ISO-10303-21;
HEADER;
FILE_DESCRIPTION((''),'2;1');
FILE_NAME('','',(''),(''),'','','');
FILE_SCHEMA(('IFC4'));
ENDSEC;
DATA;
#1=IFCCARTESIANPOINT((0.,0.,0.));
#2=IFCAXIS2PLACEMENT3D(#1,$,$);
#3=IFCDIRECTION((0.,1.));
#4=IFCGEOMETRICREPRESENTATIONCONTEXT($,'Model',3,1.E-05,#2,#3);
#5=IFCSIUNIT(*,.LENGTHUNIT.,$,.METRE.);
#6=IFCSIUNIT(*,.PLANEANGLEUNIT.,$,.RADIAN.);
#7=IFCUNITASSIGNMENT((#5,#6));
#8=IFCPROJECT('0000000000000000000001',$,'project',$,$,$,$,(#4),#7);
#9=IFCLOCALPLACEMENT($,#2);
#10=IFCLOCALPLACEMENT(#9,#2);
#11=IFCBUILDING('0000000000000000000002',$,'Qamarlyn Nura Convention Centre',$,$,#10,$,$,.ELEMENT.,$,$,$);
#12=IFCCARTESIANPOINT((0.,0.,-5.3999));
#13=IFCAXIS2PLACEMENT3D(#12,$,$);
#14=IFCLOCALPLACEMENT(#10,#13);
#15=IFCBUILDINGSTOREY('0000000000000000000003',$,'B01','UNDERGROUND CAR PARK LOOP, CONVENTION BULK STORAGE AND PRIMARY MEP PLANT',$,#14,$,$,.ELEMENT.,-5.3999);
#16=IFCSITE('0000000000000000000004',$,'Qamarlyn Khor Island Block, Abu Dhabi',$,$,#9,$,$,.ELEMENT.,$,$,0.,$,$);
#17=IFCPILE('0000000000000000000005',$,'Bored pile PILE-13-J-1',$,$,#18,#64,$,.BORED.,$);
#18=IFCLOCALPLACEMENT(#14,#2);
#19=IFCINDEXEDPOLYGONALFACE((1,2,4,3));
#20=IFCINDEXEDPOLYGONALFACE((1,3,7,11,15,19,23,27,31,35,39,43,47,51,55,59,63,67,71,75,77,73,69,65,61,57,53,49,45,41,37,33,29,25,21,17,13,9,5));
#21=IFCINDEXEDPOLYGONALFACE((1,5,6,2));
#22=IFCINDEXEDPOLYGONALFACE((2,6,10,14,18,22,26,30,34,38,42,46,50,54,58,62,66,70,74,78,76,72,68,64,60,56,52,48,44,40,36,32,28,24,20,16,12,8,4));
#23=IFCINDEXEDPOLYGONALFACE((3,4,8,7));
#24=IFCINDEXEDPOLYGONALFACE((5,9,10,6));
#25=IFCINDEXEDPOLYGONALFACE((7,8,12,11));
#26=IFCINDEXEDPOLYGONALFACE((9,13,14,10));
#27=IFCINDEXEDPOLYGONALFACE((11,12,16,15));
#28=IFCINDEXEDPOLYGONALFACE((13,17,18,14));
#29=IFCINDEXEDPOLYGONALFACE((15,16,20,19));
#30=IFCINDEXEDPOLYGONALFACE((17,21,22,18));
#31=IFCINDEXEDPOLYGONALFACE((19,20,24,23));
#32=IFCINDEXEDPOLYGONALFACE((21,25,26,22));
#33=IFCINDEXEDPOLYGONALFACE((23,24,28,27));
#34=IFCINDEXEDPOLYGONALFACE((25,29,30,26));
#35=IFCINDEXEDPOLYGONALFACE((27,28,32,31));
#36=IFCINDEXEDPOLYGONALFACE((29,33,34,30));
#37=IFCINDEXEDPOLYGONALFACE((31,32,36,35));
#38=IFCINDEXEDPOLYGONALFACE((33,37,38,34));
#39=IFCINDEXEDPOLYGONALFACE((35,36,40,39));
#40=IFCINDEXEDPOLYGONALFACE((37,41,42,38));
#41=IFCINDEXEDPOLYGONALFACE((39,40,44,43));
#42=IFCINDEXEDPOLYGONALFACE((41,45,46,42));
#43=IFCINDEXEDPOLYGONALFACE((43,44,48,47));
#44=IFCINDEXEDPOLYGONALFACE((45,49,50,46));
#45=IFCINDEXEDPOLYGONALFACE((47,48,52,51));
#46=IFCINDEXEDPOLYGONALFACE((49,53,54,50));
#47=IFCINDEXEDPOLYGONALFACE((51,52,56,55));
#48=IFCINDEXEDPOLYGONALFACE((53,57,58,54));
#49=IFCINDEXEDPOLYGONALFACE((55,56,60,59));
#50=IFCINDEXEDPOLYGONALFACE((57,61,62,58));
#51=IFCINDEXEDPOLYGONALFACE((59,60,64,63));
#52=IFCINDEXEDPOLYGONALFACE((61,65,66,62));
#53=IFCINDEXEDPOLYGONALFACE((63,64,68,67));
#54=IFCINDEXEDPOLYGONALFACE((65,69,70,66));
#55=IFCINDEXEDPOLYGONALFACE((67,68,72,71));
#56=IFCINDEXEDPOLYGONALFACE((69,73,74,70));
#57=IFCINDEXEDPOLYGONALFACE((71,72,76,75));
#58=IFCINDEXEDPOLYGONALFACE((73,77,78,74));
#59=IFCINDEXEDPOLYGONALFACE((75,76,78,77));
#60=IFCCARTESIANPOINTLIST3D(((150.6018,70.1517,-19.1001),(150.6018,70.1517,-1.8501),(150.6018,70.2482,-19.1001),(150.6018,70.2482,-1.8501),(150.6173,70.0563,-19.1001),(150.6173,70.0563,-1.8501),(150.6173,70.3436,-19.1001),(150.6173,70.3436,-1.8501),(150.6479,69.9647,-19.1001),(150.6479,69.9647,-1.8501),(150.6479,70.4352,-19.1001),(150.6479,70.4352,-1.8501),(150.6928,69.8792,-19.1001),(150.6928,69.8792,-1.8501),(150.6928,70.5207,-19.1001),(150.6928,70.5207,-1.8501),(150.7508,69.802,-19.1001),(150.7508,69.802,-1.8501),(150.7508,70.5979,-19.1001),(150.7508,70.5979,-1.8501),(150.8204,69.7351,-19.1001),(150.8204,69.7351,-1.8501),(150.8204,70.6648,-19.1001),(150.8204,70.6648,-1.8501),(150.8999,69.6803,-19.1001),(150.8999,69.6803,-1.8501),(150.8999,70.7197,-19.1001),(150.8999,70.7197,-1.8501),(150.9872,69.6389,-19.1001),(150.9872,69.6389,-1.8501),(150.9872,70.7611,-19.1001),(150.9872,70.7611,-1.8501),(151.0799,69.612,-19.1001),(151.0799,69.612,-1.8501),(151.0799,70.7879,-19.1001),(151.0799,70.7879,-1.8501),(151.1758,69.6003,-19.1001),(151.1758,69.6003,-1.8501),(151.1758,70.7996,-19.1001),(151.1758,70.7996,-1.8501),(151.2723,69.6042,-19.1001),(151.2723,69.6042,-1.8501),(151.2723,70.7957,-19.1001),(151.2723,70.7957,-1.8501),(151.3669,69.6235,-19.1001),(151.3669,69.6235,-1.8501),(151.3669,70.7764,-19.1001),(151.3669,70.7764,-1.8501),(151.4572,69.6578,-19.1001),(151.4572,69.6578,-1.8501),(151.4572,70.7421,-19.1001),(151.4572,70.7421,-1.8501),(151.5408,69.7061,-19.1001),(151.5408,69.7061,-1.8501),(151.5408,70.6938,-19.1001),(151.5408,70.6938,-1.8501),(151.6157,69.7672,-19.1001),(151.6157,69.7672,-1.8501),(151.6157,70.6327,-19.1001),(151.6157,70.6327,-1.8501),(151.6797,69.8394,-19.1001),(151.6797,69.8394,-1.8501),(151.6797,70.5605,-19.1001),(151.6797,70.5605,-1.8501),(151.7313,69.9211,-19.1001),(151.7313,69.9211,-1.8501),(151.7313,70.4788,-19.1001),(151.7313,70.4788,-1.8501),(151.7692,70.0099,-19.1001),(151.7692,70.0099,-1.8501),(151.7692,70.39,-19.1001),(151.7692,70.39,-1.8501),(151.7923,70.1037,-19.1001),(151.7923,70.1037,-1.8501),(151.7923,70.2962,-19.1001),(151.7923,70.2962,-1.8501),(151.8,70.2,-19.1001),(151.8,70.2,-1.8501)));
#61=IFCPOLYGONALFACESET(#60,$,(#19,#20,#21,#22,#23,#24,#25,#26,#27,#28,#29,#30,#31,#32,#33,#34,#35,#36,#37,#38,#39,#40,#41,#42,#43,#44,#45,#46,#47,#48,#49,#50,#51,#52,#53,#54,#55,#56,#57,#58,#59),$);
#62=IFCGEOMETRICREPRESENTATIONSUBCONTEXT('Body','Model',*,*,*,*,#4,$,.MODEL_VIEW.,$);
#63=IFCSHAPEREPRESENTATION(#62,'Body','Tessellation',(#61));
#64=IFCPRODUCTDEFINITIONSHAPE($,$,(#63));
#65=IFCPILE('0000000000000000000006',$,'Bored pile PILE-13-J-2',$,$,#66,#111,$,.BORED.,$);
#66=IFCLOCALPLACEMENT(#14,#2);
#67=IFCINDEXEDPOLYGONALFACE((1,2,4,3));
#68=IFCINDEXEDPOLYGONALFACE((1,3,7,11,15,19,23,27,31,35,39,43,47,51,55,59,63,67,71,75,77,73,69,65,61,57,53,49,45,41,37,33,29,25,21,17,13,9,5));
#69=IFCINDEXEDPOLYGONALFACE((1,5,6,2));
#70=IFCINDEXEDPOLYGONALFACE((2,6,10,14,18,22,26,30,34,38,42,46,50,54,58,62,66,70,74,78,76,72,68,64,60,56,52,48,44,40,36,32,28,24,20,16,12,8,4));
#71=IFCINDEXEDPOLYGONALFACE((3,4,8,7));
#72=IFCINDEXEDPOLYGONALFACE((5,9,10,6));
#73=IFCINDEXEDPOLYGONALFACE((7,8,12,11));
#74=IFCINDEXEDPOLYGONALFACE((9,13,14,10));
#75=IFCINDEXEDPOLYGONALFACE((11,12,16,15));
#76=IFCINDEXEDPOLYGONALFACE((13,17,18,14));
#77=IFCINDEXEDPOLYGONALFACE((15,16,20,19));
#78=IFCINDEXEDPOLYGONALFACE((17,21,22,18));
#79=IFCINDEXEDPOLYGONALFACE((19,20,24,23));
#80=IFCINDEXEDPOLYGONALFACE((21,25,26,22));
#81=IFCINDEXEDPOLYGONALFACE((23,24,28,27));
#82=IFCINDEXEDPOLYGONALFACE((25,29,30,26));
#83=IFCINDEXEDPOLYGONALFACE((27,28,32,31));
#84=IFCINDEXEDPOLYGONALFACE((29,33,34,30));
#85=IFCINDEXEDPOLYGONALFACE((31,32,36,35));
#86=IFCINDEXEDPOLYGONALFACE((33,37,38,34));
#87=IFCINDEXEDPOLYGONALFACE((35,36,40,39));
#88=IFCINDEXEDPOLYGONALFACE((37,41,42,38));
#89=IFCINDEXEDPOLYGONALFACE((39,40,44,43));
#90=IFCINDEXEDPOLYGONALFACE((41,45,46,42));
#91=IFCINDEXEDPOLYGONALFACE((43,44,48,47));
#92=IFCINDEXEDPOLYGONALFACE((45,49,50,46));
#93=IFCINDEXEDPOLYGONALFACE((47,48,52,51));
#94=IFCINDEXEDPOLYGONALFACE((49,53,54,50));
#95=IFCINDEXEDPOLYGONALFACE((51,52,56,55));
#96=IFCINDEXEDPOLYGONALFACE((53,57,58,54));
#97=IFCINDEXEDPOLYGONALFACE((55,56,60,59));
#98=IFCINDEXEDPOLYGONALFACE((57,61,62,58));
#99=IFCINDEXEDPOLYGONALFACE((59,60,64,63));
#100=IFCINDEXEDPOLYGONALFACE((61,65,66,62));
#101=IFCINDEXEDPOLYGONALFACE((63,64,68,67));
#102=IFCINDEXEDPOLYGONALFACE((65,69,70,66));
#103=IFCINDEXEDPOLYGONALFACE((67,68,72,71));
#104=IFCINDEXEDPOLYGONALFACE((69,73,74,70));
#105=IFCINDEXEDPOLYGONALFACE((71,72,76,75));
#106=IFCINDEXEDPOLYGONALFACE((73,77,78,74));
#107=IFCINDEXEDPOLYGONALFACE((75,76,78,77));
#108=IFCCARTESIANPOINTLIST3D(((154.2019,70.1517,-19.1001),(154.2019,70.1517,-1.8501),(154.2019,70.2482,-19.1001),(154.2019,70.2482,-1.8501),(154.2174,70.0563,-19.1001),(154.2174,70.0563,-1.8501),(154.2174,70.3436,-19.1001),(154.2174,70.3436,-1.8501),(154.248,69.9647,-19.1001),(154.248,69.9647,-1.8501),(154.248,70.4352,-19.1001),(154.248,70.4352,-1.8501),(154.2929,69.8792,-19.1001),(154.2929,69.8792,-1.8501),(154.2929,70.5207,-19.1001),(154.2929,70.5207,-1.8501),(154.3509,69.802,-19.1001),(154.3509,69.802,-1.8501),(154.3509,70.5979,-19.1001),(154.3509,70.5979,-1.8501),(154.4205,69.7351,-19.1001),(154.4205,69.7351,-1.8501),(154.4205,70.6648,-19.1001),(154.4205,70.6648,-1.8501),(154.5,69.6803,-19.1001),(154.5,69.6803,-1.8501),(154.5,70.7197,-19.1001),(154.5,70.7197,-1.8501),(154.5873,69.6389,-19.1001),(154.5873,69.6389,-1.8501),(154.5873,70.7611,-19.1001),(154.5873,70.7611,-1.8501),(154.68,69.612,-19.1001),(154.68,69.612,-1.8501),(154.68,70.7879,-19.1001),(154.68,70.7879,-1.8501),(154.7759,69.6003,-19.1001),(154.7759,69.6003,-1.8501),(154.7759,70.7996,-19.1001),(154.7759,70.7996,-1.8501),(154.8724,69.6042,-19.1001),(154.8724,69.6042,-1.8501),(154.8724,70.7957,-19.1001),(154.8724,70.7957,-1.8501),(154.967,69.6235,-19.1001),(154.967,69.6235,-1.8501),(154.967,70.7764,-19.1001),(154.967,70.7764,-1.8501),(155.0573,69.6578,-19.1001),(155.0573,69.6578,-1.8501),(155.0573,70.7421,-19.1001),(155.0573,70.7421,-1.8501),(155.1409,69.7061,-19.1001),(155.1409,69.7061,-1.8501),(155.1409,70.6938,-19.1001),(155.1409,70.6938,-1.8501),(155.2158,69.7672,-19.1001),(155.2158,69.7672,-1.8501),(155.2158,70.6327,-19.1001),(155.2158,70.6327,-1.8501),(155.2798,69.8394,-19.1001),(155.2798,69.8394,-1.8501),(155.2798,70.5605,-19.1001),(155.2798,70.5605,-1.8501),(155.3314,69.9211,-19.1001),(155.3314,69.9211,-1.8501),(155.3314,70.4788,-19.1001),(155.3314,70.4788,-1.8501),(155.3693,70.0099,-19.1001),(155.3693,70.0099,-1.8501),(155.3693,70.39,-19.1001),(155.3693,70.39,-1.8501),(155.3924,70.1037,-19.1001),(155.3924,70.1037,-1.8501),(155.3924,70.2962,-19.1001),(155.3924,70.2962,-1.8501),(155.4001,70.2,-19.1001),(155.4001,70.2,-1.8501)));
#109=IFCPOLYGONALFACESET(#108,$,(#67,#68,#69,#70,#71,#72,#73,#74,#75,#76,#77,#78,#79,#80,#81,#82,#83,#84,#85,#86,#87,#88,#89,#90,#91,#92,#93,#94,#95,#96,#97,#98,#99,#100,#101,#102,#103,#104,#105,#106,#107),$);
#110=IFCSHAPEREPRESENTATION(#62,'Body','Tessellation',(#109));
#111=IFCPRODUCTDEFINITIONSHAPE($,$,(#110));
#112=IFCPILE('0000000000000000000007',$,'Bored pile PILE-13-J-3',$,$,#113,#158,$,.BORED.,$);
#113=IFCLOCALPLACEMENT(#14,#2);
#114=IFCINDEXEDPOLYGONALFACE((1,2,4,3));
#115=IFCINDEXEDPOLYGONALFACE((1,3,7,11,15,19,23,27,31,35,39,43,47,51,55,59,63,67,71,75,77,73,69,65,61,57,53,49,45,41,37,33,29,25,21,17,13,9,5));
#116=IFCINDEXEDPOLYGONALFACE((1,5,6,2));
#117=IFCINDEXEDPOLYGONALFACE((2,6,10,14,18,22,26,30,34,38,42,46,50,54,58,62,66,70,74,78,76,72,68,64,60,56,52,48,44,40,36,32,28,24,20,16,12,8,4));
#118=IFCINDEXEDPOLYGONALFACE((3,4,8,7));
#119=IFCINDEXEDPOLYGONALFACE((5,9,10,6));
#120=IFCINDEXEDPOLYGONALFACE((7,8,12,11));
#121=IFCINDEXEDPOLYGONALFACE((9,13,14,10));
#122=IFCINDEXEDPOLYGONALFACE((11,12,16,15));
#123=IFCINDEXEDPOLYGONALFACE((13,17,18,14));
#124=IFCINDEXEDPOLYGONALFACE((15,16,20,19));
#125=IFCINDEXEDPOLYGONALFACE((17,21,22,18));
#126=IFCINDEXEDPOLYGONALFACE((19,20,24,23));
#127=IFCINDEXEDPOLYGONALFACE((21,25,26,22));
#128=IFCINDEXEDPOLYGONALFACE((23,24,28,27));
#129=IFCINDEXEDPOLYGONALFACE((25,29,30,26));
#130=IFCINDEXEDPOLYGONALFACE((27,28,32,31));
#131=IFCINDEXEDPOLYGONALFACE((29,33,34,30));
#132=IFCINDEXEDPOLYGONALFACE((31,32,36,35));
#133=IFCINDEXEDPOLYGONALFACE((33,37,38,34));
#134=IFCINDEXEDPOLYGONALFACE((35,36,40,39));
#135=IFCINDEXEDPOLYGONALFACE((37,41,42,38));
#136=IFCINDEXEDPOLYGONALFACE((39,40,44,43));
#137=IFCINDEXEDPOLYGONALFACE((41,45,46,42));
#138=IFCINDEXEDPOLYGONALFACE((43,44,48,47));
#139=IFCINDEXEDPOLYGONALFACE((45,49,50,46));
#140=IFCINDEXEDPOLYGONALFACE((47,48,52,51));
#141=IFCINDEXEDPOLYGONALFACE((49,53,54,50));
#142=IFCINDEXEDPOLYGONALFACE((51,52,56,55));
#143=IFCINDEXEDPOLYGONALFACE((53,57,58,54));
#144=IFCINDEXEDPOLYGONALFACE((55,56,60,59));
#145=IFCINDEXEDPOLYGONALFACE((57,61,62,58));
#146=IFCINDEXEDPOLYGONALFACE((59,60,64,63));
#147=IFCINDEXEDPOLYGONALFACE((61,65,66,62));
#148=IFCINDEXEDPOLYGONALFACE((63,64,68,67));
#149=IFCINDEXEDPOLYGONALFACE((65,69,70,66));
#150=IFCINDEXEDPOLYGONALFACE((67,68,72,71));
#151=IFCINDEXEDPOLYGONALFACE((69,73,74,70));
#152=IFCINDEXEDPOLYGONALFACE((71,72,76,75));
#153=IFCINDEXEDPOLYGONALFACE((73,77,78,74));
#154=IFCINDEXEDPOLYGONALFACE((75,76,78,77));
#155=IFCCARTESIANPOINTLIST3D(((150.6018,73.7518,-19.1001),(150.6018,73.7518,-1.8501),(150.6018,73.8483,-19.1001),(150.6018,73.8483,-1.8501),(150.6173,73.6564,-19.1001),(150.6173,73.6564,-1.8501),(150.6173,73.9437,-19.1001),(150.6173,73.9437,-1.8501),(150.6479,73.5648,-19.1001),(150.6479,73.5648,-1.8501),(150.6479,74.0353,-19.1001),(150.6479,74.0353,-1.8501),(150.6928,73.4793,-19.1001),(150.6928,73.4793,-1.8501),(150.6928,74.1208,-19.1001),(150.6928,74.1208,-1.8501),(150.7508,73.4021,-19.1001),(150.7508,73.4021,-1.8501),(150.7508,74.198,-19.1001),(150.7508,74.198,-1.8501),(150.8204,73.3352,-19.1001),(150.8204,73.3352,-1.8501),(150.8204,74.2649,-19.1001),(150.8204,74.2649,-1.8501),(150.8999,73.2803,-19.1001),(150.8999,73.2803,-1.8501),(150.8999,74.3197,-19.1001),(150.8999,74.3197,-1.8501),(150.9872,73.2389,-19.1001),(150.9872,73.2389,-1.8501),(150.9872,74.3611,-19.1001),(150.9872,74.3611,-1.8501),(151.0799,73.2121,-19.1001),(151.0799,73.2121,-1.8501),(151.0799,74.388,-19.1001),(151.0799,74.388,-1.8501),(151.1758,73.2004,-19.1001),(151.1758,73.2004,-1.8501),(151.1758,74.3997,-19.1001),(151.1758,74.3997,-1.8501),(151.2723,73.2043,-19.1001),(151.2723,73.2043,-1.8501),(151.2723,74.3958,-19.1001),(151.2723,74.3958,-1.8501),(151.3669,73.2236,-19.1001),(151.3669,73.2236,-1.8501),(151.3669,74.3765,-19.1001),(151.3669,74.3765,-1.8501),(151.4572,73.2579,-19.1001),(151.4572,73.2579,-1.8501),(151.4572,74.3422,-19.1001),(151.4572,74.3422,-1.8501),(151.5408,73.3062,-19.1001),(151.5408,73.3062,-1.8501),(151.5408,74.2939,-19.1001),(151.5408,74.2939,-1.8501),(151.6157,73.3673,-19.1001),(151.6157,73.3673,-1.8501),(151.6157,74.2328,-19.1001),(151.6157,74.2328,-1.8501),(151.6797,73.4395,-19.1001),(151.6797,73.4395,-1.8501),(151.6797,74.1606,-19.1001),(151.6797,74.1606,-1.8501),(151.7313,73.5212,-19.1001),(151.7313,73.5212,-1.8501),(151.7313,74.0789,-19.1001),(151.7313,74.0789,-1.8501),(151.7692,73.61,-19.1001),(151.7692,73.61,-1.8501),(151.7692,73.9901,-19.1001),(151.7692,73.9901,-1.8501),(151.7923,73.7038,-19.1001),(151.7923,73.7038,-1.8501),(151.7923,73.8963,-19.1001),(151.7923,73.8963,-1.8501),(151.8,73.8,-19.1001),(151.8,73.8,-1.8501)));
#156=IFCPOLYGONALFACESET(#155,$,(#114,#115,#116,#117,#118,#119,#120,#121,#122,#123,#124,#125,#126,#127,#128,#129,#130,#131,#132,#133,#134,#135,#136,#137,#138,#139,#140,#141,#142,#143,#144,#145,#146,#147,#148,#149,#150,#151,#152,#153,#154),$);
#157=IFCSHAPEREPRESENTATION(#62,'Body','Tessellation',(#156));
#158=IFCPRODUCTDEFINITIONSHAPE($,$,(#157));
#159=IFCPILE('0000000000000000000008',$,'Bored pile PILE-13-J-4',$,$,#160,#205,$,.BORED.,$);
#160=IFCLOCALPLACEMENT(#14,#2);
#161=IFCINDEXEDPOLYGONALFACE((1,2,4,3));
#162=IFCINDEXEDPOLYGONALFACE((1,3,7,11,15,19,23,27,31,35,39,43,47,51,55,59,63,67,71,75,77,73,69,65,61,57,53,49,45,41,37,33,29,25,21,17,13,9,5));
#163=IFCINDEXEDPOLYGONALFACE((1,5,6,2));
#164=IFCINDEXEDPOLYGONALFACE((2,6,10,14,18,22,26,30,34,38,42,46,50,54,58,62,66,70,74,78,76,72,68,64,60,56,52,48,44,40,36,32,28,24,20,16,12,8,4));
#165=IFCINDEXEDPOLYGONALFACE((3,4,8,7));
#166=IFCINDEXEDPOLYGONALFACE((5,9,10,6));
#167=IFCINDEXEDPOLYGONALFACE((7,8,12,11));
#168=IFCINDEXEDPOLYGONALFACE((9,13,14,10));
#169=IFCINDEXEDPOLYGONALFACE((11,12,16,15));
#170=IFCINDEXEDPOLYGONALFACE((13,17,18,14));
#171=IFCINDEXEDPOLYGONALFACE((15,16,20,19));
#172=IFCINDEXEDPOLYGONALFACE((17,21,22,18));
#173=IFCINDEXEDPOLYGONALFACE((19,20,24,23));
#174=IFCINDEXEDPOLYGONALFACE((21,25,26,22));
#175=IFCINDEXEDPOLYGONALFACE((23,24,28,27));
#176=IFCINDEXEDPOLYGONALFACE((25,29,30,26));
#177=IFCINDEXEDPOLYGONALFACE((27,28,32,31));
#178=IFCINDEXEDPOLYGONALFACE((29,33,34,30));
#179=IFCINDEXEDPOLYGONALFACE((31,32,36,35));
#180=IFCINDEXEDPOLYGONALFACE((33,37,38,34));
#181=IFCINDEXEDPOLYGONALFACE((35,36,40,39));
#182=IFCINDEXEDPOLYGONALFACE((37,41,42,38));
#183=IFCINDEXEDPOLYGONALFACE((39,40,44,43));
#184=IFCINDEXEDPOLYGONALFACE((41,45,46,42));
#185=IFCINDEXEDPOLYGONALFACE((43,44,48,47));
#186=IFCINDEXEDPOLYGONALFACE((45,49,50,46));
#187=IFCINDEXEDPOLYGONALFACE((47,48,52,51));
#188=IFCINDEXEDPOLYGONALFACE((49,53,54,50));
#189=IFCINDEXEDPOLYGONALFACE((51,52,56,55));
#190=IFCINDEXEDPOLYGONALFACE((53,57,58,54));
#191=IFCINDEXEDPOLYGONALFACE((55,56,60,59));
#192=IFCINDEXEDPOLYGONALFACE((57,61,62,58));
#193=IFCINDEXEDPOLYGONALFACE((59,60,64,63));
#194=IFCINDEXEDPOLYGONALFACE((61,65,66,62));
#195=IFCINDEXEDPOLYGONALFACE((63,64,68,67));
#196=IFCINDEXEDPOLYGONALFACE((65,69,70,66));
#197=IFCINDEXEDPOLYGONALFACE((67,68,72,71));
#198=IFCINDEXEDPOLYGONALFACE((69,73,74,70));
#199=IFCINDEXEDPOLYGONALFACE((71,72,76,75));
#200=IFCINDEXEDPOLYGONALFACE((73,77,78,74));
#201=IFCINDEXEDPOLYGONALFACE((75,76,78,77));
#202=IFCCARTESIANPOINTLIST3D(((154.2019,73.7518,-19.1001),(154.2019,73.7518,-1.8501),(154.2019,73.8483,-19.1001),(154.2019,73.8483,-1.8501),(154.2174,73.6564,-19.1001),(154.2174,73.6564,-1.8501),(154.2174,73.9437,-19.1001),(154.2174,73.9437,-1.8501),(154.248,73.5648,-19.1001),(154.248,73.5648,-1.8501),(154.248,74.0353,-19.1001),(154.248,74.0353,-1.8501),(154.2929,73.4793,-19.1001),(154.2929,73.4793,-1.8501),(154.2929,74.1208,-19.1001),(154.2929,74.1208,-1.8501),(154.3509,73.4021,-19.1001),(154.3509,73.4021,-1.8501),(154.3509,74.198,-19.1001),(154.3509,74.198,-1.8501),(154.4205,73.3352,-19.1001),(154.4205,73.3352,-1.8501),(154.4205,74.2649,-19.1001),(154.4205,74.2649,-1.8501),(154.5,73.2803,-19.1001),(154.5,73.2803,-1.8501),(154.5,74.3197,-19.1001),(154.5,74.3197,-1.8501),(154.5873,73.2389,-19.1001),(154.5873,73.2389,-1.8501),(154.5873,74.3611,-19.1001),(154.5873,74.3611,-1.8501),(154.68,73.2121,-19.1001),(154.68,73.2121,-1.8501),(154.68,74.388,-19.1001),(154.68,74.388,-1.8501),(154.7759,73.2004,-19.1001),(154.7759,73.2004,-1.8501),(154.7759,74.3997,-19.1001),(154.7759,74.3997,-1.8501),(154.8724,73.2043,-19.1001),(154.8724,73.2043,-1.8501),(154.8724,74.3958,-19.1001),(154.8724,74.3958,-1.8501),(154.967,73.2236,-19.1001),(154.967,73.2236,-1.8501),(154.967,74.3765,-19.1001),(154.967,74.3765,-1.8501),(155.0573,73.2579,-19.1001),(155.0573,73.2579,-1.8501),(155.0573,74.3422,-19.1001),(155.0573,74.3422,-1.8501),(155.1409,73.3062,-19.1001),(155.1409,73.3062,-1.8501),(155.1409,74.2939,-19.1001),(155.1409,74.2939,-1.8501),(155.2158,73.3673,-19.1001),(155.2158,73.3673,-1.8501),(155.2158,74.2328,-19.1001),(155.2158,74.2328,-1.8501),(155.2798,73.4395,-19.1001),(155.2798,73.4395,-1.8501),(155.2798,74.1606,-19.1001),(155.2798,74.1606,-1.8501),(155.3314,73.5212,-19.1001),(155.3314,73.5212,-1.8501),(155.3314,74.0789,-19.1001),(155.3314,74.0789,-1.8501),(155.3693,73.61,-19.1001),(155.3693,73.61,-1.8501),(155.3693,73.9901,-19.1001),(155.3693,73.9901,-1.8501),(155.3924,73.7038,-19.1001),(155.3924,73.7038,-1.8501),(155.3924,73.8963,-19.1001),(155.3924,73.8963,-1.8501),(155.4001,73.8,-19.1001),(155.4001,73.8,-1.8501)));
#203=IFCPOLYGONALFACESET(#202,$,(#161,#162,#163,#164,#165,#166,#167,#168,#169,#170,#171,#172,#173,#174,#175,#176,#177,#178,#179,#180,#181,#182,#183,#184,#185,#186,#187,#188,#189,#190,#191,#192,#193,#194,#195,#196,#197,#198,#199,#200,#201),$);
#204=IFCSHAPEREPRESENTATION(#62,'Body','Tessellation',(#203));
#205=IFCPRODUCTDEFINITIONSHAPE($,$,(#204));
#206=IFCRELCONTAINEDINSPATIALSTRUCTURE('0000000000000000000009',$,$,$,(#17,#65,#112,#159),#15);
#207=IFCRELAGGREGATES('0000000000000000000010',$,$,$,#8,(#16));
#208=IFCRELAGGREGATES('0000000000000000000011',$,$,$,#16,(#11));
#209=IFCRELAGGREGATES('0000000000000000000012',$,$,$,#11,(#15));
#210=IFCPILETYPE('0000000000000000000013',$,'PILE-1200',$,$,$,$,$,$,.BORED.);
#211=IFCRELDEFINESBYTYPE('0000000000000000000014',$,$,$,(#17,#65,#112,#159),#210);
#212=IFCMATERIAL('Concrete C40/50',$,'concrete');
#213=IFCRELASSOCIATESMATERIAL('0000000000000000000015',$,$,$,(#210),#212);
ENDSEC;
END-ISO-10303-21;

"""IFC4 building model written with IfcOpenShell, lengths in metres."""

from ifc_helpers import new_model, si_unit, direction, frame, origin, origin_2d, place, context, subcontext, project, spatial, circle, extrude, material, material_profile, profile_set, type_object, element, save


model = new_model("IFC4")

# Units and contexts
model_context = context("Model", 3, precision=1e-05, world=origin(), true_north=direction((0.0, 1.0)))
body_context = subcontext(model_context, "Body", "Model", "MODEL_VIEW")
ifc_project = project(units=[si_unit("LENGTHUNIT", "METRE"), si_unit("PLANEANGLEUNIT", "RADIAN")], contexts=[model_context])

# Site, building, storey
site_placement = place(None, origin())
site = spatial("IfcSite", under=ifc_project, at=site_placement, Name="Qamarlyn Khor Island Block, Abu Dhabi", CompositionType="ELEMENT", RefElevation=0.0)
building_placement = place(site_placement, origin())
building = spatial("IfcBuilding", under=site, at=building_placement, Name="Qamarlyn Nura Convention Centre", CompositionType="ELEMENT")
storey_placement = place(building_placement, frame((0.0, 0.0, -5.3999)))
storey = spatial("IfcBuildingStorey", under=building, at=storey_placement, Name="B01", Description="UNDERGROUND CAR PARK LOOP, CONVENTION BULK STORAGE AND PRIMARY MEP PLANT", CompositionType="ELEMENT", Elevation=-5.3999)

# Shared definitions
ifc_material_1 = material(Name="Concrete C40/50", Category="concrete")

# Piles
ifc_material_profile_1 = material_profile(ifc_material_1, circle(Radius=0.6001, at=origin_2d()), Name="BORED PILE 1200")
ifc_profile_set_1 = profile_set([ifc_material_profile_1], Name="Concrete C40/50")
pile_type_1 = type_object("IfcPileType", Name="PILE-1200", PredefinedType="BORED", material=ifc_profile_set_1)
for number, where, z_axis, x_axis, name in (
    (1, (151.2, 70.2, -1.8501), (0.0, 0.0, -1.0), (1.0, 0.0, 0.0), "Bored pile PILE-13-J-1"),
    (2, (154.8, 70.2, -1.8501), (0.0, 0.0, -1.0), (1.0, 0.0, 0.0), "Bored pile PILE-13-J-2"),
    (3, (151.2, 73.8, -1.8501), (0.0, 0.0, -1.0), (1.0, 0.0, 0.0), "Bored pile PILE-13-J-3"),
    (4, (154.8, 73.8, -1.8501), (0.0, 0.0, -1.0), (1.0, 0.0, 0.0), "Bored pile PILE-13-J-4"),
):
    element("IfcPile", number, at=place(storey_placement, frame(where, z_axis=z_axis, x_axis=x_axis)), inside=storey, type_object=pile_type_1, Name=name, PredefinedType="BORED", context=body_context, shape_type="SweptSolid", body=[
        extrude(circle(Radius=0.6001, at=origin_2d()), origin(), (0.0, 0.0, 1.0), 17.25),
    ])

save(model, "model.ifc")
